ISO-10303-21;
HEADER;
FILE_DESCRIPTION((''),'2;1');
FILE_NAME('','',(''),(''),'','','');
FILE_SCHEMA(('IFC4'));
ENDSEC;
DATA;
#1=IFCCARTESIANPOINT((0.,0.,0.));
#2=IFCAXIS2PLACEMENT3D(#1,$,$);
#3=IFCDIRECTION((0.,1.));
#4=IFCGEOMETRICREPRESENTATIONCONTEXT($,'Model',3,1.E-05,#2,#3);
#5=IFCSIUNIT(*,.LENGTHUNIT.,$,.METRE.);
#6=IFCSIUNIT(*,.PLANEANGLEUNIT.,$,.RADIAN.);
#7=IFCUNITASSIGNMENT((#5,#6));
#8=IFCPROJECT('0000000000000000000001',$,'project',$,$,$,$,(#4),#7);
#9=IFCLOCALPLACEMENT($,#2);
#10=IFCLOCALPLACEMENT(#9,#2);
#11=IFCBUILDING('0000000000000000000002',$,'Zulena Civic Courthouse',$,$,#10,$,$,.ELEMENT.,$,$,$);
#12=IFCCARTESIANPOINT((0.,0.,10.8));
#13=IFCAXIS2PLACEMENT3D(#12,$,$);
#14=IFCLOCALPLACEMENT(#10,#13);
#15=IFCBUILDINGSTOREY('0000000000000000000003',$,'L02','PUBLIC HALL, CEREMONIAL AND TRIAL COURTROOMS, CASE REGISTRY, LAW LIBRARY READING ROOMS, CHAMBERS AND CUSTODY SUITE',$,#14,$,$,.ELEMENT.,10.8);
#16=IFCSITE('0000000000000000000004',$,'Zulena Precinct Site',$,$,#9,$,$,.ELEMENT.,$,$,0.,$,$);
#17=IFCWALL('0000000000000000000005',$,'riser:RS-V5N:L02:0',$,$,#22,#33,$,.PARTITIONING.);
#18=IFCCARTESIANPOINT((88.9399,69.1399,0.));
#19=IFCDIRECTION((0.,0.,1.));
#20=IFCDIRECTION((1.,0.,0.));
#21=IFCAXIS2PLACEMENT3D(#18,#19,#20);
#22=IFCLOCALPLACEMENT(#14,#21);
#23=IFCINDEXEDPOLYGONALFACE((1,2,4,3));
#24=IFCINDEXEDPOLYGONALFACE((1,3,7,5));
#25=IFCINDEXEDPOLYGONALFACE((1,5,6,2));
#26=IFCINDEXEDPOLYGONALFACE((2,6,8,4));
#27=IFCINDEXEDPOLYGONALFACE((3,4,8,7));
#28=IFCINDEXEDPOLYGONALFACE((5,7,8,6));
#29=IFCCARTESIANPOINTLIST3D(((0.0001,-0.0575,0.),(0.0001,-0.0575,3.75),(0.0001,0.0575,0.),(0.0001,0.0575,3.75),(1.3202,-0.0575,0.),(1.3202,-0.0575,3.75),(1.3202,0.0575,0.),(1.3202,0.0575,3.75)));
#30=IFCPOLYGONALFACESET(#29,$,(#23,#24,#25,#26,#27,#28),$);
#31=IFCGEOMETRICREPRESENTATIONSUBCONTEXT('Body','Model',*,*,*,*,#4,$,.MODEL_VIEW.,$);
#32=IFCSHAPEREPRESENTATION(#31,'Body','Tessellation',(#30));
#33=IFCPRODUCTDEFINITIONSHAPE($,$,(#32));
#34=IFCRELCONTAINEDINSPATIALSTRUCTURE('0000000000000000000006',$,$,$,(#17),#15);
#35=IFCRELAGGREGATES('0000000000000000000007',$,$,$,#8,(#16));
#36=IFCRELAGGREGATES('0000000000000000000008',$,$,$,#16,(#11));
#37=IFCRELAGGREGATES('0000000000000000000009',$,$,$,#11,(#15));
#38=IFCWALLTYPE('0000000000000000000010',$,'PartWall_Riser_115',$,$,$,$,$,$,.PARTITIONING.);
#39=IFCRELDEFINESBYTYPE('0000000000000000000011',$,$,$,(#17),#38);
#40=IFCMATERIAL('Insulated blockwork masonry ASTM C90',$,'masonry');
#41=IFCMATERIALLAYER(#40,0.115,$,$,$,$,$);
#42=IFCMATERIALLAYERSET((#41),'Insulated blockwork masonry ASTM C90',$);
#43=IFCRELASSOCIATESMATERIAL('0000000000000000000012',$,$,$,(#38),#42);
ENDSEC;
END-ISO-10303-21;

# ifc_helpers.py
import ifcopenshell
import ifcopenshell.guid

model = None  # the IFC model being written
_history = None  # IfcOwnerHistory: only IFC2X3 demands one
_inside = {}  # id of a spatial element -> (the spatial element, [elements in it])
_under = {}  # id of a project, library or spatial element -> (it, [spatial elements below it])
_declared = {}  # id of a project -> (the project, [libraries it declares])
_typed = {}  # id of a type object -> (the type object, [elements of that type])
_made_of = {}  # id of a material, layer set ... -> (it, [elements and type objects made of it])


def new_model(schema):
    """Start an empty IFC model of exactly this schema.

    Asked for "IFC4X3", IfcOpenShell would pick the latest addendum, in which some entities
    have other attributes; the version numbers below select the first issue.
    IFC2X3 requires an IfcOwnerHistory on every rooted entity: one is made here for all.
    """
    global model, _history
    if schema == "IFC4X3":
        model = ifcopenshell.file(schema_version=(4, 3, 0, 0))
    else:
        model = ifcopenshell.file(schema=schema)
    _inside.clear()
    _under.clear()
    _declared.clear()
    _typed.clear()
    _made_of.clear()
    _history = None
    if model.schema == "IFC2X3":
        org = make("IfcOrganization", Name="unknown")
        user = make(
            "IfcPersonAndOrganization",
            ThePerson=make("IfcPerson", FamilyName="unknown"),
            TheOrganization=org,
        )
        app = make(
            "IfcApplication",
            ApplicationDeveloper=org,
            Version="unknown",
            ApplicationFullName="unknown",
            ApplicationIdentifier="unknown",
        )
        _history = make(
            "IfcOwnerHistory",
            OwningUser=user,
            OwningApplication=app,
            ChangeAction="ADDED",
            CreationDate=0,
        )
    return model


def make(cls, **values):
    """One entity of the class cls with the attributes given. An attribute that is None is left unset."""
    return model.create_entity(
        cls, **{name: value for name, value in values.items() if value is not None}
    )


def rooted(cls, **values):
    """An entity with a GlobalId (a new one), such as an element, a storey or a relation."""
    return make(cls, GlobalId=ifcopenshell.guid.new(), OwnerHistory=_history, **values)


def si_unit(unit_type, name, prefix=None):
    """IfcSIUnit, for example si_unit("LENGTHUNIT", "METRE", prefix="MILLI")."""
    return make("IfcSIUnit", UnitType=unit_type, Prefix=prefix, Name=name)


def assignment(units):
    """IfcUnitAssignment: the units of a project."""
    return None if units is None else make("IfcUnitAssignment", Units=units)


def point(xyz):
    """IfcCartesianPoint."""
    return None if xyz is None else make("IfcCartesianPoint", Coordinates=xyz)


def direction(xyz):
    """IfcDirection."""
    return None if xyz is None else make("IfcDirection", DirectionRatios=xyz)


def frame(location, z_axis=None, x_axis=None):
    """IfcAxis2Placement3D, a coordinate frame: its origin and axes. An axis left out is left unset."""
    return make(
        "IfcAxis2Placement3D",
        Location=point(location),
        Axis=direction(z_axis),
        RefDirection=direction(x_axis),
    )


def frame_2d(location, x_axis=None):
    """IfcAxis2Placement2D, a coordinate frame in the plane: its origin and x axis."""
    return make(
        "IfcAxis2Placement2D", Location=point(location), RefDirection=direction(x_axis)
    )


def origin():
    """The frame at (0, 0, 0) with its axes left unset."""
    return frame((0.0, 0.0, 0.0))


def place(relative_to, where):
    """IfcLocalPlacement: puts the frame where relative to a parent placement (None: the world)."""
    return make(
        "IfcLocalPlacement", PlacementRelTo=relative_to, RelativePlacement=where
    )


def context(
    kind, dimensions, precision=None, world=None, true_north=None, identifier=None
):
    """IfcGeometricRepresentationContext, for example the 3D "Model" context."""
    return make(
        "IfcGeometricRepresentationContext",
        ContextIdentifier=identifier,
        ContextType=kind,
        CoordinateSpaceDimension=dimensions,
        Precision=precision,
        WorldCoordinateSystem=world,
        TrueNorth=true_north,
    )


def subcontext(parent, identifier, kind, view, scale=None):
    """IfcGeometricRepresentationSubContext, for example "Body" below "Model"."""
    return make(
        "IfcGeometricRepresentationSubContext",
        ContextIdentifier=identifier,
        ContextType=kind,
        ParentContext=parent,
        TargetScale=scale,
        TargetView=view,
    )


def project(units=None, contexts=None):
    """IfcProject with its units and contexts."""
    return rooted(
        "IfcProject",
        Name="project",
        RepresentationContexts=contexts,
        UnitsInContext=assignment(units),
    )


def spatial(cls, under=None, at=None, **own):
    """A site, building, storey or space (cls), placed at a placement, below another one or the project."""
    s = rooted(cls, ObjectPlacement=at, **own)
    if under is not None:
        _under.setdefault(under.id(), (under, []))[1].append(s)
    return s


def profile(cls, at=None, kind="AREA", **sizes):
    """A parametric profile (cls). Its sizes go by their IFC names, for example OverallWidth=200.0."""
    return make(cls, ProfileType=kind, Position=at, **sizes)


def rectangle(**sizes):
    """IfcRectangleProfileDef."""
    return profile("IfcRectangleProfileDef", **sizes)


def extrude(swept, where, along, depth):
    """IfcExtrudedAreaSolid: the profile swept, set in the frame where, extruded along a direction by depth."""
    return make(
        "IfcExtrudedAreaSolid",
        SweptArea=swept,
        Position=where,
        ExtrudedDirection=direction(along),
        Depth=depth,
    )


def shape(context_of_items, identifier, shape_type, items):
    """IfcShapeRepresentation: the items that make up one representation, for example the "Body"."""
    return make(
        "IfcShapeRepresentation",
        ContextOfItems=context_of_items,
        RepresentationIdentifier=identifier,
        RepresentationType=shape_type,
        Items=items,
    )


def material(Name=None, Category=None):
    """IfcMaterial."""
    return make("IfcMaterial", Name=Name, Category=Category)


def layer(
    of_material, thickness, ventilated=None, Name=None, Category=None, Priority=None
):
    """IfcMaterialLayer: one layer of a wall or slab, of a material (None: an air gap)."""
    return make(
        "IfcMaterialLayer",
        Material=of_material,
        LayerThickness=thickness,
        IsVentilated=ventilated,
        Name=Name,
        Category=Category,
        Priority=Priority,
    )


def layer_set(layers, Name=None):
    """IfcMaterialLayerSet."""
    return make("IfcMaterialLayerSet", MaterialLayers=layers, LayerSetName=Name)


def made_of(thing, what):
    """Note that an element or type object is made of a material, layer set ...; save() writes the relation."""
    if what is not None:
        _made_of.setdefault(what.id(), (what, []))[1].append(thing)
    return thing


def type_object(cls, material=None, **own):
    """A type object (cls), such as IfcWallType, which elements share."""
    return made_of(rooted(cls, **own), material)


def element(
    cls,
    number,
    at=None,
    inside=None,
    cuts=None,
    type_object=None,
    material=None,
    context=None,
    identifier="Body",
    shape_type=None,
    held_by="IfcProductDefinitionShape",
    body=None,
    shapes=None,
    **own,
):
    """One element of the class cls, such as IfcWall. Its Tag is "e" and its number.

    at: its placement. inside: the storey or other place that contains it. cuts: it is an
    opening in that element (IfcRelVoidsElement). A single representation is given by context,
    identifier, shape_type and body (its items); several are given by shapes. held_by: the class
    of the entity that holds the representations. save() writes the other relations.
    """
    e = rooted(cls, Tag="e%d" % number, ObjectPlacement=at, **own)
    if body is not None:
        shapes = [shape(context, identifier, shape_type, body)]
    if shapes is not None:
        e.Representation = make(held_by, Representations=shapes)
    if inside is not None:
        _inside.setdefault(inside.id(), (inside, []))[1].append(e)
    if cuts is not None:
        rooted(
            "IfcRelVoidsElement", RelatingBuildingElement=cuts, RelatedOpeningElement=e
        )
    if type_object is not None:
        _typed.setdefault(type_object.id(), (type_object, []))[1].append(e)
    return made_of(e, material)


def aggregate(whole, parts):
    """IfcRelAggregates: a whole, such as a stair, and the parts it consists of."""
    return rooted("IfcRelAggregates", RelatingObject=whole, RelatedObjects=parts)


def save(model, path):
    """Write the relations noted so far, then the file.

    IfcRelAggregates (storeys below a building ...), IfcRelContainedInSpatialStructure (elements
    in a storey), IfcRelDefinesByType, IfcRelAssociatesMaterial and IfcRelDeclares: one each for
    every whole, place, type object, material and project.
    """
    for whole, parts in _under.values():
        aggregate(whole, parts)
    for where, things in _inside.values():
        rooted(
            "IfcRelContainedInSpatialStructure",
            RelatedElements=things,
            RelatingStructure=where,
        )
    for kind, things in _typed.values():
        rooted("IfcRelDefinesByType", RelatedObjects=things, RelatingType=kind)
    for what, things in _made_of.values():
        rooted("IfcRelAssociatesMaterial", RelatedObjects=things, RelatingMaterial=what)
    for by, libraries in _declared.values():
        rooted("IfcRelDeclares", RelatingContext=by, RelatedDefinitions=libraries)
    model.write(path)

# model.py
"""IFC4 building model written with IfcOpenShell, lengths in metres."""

from ifc_helpers import new_model, si_unit, direction, frame, frame_2d, origin, place, context, subcontext, project, spatial, rectangle, extrude, material, layer, layer_set, type_object, element, save


model = new_model("IFC4")

# Units and contexts
model_context = context("Model", 3, precision=1e-05, world=origin(), true_north=direction((0.0, 1.0)))
body_context = subcontext(model_context, "Body", "Model", "MODEL_VIEW")
ifc_project = project(units=[si_unit("LENGTHUNIT", "METRE"), si_unit("PLANEANGLEUNIT", "RADIAN")], contexts=[model_context])

# Site, building, storey
site_placement = place(None, origin())
site = spatial("IfcSite", under=ifc_project, at=site_placement, Name="Zulena Precinct Site", CompositionType="ELEMENT", RefElevation=0.0)
building_placement = place(site_placement, origin())
building = spatial("IfcBuilding", under=site, at=building_placement, Name="Zulena Civic Courthouse", CompositionType="ELEMENT")
storey_placement = place(building_placement, frame((0.0, 0.0, 10.8)))
storey = spatial("IfcBuildingStorey", under=building, at=storey_placement, Name="L02", Description="PUBLIC HALL, CEREMONIAL AND TRIAL COURTROOMS, CASE REGISTRY, LAW LIBRARY READING ROOMS, CHAMBERS AND CUSTODY SUITE", CompositionType="ELEMENT", Elevation=10.8)

# Shared definitions
ifc_material_1 = material(Name="Insulated blockwork masonry ASTM C90", Category="masonry")

# Wall
ifc_layer_1 = layer(ifc_material_1, 0.115)
ifc_layer_set_1 = layer_set([ifc_layer_1], Name="Insulated blockwork masonry ASTM C90")
wall_type_1 = type_object("IfcWallType", Name="PartWall_Riser_115", PredefinedType="PARTITIONING", material=ifc_layer_set_1)
for number, where, z_axis, x_axis, name in (
    (1, (88.9399, 69.1399, 0.0), (0.0, 0.0, 1.0), (1.0, 0.0, 0.0), "riser:RS-V5N:L02:0"),
):
    element("IfcWall", number, at=place(storey_placement, frame(where, z_axis=z_axis, x_axis=x_axis)), inside=storey, type_object=wall_type_1, Name=name, PredefinedType="PARTITIONING", context=body_context, shape_type="SweptSolid", body=[
        extrude(rectangle(XDim=1.3201, YDim=0.115, at=frame_2d((0.6602, 0.0))), origin(), (0.0, 0.0, 1.0), 3.75),
    ])

save(model, "model.ifc")
